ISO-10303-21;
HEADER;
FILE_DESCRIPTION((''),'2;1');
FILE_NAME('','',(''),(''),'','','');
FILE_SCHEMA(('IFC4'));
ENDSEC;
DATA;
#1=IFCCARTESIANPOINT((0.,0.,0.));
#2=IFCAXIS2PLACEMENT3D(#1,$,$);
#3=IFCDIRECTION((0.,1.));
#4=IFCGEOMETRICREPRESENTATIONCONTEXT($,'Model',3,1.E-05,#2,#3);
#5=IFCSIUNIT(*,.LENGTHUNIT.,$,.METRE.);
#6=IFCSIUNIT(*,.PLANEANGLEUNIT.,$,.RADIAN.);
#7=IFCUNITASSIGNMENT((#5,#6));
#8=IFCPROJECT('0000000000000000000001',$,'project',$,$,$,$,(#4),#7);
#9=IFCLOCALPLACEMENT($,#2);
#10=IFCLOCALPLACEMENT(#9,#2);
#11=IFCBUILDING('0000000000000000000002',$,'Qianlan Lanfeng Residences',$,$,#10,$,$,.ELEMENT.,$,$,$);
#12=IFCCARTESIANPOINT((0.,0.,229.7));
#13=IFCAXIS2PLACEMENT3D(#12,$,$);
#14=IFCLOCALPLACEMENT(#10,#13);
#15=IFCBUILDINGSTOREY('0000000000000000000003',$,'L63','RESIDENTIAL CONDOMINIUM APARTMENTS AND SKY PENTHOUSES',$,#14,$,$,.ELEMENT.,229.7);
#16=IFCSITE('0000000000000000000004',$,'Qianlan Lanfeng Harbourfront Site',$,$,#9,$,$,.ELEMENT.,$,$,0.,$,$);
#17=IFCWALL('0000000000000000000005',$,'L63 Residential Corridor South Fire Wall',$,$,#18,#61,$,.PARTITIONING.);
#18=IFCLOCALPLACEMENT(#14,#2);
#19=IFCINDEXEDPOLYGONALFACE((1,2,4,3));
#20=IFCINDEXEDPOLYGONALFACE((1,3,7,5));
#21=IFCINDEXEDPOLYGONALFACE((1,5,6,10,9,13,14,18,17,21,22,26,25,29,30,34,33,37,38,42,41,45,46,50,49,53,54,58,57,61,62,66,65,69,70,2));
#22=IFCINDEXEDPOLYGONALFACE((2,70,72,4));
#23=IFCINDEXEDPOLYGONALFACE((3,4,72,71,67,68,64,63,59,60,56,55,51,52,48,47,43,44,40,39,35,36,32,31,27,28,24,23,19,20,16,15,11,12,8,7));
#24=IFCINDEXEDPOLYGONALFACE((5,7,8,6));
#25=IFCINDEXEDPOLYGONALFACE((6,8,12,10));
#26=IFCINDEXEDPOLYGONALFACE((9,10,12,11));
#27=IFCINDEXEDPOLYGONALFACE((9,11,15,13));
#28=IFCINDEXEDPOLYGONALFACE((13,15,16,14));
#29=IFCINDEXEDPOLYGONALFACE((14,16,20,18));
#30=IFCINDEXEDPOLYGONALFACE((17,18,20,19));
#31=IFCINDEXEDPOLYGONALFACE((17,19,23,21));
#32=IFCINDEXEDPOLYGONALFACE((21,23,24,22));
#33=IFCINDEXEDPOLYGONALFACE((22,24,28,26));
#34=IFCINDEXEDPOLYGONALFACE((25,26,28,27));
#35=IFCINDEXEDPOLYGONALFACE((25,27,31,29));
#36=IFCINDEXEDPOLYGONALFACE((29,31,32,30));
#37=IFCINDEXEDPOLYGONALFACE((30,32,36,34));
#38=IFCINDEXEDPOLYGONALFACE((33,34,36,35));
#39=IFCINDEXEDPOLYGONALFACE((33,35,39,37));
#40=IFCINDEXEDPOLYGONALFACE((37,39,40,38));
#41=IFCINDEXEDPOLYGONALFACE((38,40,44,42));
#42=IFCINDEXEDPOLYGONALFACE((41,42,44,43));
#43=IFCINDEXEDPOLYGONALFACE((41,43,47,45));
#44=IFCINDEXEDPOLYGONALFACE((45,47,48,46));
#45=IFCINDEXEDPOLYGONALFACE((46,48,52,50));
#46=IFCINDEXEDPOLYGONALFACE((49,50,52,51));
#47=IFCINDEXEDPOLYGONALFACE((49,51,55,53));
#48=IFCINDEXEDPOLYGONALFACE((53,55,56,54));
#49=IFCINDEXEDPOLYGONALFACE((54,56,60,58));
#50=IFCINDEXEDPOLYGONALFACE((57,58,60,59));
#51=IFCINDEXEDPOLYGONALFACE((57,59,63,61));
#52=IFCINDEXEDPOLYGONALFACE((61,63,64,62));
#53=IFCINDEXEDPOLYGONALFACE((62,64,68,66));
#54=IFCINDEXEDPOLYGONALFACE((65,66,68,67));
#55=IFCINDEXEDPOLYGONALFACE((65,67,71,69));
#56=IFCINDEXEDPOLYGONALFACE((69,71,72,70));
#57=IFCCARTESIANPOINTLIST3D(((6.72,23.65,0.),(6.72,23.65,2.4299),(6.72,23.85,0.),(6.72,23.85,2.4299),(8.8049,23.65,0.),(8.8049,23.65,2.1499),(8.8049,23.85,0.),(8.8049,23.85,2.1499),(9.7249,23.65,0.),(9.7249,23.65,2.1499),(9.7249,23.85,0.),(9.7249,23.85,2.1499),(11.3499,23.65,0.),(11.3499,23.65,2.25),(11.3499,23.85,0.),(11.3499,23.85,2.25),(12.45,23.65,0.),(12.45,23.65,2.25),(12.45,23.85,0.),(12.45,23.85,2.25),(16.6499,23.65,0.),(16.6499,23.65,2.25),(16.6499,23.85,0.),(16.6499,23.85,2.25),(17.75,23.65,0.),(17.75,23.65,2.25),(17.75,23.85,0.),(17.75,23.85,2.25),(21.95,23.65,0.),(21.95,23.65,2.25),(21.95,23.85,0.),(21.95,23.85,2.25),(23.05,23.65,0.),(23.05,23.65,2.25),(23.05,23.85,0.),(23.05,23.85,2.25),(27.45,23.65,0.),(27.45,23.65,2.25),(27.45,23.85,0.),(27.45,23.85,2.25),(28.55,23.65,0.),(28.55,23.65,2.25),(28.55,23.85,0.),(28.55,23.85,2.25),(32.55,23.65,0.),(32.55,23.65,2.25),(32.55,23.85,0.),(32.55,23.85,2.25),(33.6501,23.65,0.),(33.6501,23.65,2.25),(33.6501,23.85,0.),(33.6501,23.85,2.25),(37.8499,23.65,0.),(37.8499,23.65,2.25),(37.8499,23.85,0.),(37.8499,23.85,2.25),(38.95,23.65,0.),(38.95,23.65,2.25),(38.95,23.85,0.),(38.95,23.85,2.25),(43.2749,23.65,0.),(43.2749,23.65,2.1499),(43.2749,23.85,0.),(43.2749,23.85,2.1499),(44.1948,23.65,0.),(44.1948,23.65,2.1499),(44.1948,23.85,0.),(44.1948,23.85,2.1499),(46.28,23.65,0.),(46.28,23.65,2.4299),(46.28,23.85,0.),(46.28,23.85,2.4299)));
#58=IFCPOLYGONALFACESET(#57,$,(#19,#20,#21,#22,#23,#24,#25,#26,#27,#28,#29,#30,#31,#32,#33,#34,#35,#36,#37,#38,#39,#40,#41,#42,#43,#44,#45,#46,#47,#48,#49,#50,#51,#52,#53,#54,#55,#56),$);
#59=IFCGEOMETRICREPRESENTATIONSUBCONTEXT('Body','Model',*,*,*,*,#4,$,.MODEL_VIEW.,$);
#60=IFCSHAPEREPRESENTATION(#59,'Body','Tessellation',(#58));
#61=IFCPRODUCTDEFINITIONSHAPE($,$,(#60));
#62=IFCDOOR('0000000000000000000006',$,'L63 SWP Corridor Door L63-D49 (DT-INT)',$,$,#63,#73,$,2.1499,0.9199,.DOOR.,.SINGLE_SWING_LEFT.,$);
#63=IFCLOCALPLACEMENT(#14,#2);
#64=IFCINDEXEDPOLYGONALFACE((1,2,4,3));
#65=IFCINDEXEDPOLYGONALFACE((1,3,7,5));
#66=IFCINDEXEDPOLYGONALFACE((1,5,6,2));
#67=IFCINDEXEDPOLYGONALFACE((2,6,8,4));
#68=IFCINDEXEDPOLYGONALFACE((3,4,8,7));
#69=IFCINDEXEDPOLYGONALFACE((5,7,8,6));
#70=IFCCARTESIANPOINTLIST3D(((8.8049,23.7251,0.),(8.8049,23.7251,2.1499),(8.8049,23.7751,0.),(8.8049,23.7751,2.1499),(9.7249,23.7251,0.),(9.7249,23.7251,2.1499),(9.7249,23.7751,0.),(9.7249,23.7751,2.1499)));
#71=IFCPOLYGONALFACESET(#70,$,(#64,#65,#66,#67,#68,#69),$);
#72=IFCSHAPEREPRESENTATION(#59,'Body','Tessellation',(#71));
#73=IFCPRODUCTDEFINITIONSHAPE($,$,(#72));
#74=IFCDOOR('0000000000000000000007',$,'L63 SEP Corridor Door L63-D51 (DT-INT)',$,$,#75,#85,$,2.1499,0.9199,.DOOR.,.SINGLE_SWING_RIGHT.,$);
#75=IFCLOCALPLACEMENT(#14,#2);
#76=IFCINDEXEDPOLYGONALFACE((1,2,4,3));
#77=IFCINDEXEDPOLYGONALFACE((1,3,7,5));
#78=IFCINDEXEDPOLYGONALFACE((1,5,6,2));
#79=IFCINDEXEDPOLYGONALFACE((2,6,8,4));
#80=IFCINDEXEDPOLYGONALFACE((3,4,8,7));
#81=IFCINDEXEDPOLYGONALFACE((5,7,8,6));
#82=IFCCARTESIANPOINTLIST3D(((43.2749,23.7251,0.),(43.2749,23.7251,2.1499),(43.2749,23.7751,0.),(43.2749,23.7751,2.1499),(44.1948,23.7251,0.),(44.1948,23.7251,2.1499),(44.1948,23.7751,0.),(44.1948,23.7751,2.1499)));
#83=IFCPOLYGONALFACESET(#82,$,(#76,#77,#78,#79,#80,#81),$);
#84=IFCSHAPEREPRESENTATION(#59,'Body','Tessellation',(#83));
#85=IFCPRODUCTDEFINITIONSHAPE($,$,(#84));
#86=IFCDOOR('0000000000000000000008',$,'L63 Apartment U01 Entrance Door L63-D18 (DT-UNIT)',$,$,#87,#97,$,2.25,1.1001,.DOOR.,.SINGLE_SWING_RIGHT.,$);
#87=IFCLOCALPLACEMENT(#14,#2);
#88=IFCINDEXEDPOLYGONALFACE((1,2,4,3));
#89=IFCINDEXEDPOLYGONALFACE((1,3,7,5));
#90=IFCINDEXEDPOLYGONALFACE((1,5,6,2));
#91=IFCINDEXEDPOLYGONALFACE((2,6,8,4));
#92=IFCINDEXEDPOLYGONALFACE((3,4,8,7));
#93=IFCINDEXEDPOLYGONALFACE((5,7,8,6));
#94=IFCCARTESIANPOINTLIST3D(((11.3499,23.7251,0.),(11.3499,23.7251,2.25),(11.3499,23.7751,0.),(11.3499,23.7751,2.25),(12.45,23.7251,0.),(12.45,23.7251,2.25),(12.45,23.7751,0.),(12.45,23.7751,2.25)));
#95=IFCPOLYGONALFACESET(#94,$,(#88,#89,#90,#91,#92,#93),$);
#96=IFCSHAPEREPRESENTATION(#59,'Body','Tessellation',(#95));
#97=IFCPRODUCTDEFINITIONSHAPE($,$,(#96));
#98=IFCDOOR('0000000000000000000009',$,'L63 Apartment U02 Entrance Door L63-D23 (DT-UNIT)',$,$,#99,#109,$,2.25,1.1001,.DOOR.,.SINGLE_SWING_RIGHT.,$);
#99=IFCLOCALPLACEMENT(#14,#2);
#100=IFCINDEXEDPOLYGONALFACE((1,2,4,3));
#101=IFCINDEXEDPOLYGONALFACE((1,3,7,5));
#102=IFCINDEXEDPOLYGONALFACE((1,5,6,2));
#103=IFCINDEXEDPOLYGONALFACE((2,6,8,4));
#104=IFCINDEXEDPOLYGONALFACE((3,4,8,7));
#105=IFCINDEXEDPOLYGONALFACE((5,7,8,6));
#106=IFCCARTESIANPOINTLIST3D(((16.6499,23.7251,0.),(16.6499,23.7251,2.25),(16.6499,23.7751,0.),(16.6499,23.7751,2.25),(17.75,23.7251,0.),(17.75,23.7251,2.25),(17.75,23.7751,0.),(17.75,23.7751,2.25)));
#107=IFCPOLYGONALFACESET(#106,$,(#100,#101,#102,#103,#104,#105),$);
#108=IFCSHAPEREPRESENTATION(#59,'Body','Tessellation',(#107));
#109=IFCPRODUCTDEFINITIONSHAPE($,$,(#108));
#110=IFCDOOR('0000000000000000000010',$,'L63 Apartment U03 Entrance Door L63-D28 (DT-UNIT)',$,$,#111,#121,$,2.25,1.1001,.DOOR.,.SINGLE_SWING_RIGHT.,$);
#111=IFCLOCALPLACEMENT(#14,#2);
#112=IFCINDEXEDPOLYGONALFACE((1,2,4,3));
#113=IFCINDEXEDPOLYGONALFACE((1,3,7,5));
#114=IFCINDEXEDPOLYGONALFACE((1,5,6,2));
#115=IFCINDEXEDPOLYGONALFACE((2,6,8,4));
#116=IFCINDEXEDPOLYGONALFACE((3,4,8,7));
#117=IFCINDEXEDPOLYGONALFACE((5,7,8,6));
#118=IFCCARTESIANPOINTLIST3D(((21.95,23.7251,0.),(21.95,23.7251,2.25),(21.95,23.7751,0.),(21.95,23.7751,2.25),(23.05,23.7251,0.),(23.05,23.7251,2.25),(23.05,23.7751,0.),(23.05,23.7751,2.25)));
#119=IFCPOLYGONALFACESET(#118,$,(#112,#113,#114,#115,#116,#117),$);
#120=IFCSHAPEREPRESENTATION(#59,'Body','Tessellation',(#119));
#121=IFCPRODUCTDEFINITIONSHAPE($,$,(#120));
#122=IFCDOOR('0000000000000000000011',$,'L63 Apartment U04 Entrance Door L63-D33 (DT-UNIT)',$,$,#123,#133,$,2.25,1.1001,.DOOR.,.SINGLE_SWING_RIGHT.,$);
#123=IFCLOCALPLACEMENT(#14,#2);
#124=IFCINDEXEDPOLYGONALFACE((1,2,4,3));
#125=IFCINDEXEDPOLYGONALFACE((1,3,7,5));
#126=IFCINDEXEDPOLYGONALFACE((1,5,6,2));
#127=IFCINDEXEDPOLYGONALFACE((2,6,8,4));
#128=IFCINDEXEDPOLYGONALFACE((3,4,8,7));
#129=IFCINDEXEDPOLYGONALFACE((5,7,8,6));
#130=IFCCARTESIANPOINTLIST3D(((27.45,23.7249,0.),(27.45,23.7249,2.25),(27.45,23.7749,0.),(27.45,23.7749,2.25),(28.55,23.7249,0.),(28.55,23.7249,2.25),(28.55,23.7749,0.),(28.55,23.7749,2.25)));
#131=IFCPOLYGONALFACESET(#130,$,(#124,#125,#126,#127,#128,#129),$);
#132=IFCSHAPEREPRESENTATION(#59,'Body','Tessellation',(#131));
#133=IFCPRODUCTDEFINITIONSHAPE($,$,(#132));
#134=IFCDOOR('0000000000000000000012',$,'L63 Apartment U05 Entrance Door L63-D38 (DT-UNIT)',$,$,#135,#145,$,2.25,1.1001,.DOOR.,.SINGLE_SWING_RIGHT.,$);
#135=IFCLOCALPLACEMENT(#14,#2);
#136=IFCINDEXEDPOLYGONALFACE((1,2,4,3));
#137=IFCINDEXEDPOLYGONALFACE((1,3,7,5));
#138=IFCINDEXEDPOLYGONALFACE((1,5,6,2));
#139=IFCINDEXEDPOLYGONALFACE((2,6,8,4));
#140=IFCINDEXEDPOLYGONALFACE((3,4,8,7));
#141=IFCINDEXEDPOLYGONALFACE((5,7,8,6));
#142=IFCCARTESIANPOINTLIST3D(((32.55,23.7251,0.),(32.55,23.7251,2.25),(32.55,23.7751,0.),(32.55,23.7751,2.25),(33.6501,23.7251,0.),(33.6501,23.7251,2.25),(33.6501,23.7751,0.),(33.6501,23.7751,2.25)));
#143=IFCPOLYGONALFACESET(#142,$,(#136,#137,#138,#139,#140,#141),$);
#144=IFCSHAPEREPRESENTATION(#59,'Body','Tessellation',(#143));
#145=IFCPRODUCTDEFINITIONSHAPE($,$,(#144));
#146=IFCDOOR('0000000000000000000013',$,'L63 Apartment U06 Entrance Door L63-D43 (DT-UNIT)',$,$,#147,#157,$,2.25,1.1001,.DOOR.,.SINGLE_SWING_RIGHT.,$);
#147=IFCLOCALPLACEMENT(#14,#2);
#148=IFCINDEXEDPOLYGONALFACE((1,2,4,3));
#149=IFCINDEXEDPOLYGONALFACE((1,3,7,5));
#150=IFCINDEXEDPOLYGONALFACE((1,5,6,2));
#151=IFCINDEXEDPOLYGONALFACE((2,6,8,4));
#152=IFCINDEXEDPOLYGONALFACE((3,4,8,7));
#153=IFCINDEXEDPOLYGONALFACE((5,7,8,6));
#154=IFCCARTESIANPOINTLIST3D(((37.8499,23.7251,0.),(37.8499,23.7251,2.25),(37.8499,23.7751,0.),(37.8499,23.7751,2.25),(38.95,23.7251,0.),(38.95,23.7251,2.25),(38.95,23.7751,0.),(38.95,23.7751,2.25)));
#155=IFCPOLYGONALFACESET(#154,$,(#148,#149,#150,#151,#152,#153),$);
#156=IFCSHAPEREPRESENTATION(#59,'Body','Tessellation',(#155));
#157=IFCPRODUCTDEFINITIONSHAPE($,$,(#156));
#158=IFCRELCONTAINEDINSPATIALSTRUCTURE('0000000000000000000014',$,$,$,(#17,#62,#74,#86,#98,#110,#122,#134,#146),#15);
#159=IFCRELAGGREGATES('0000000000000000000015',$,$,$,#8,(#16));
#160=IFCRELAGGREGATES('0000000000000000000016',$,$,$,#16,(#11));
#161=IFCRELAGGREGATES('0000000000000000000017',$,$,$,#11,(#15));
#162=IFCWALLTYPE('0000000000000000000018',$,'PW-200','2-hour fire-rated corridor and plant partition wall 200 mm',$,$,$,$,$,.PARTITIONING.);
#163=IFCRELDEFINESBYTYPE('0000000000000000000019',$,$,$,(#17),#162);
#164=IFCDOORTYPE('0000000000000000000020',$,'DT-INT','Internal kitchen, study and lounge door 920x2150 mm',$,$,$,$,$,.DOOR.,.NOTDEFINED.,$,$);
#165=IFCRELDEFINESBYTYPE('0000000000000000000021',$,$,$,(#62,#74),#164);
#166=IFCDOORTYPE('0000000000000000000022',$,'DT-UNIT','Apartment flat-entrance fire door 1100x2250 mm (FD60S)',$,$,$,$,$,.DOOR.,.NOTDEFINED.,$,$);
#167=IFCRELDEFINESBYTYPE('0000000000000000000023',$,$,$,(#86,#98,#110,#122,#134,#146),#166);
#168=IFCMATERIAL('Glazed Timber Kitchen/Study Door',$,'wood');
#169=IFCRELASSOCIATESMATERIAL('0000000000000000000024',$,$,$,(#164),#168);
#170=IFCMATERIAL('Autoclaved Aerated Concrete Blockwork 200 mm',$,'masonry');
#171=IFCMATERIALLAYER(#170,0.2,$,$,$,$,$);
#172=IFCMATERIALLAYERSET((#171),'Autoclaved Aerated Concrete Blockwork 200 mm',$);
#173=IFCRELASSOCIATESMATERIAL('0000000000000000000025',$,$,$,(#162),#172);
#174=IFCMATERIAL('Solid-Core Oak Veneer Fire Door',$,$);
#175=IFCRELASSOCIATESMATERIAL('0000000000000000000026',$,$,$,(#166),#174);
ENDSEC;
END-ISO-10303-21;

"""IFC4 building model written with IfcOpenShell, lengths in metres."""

from ifc_helpers import new_model, si_unit, direction, frame, frame_2d, origin, place, context, subcontext, project, spatial, rectangle, extrude, material, layer, layer_set, type_object, element, fill, save


model = new_model("IFC4")

# Units and contexts
model_context = context("Model", 3, precision=1e-05, world=origin(), true_north=direction((0.0, 1.0)))
body_context = subcontext(model_context, "Body", "Model", "MODEL_VIEW")
ifc_project = project(units=[si_unit("LENGTHUNIT", "METRE"), si_unit("PLANEANGLEUNIT", "RADIAN")], contexts=[model_context])

# Site, building, storey
site_placement = place(None, origin())
site = spatial("IfcSite", under=ifc_project, at=site_placement, Name="Qianlan Lanfeng Harbourfront Site", CompositionType="ELEMENT", RefElevation=0.0)
building_placement = place(site_placement, origin())
building = spatial("IfcBuilding", under=site, at=building_placement, Name="Qianlan Lanfeng Residences", CompositionType="ELEMENT")
storey_placement = place(building_placement, frame((0.0, 0.0, 229.7)))
storey = spatial("IfcBuildingStorey", under=building, at=storey_placement, Name="L63", Description="RESIDENTIAL CONDOMINIUM APARTMENTS AND SKY PENTHOUSES", CompositionType="ELEMENT", Elevation=229.7)

# Shared definitions
ifc_material_1 = material(Name="Glazed Timber Kitchen/Study Door", Category="wood")
door_type_1 = type_object("IfcDoorType", Name="DT-INT", Description="Internal kitchen, study and lounge door 920x2150 mm", OperationType="NOTDEFINED", PredefinedType="DOOR", material=ifc_material_1)

# Wall, openings, doors
ifc_material_2 = material(Name="Autoclaved Aerated Concrete Blockwork 200 mm", Category="masonry")
ifc_layer_1 = layer(ifc_material_2, 0.2)
ifc_layer_set_1 = layer_set([ifc_layer_1], Name="Autoclaved Aerated Concrete Blockwork 200 mm")
wall_type_1 = type_object("IfcWallType", Name="PW-200", Description="2-hour fire-rated corridor and plant partition wall 200 mm", PredefinedType="PARTITIONING", material=ifc_layer_set_1)
wall_1_placement = place(storey_placement, frame((6.72, 23.75, 0.0), z_axis=(0.0, 0.0, 1.0), x_axis=(1.0, 0.0, 0.0)))
wall_1 = element("IfcWall", 1, at=wall_1_placement, inside=storey, type_object=wall_type_1, Name="L63 Residential Corridor South Fire Wall", PredefinedType="PARTITIONING", context=body_context, shape_type="SweptSolid", body=[
    extrude(rectangle(XDim=39.5601, YDim=0.2, at=frame_2d((19.78, 0.0))), origin(), (0.0, 0.0, 1.0), 2.4299),
])
opening_1_placement = place(wall_1_placement, frame((4.6299, 0.0, 0.0)))
opening_1 = element("IfcOpeningElement", 2, at=opening_1_placement, cuts=wall_1, PredefinedType="OPENING", context=body_context, shape_type="SweptSolid", body=[
    extrude(rectangle(XDim=1.1001, YDim=2.25, at=frame_2d((0.55, 1.125))), frame((0.0, 0.1099, 0.0), z_axis=(0.0, -1.0, 0.0), x_axis=(1.0, 0.0, 0.0)), (0.0, 0.0, 1.0), 0.22),
])
opening_2_placement = place(wall_1_placement, frame((9.9299, 0.0, 0.0)))
opening_2 = element("IfcOpeningElement", 3, at=opening_2_placement, cuts=wall_1, PredefinedType="OPENING", context=body_context, shape_type="SweptSolid", body=[
    extrude(rectangle(XDim=1.1001, YDim=2.25, at=frame_2d((0.55, 1.125))), frame((0.0, 0.1099, 0.0), z_axis=(0.0, -1.0, 0.0), x_axis=(1.0, 0.0, 0.0)), (0.0, 0.0, 1.0), 0.22),
])
opening_3_placement = place(wall_1_placement, frame((15.23, 0.0, 0.0)))
opening_3 = element("IfcOpeningElement", 4, at=opening_3_placement, cuts=wall_1, PredefinedType="OPENING", context=body_context, shape_type="SweptSolid", body=[
    extrude(rectangle(XDim=1.1001, YDim=2.25, at=frame_2d((0.55, 1.125))), frame((0.0, 0.1099, 0.0), z_axis=(0.0, -1.0, 0.0), x_axis=(1.0, 0.0, 0.0)), (0.0, 0.0, 1.0), 0.22),
])
opening_4_placement = place(wall_1_placement, frame((20.73, 0.0, 0.0)))
opening_4 = element("IfcOpeningElement", 5, at=opening_4_placement, cuts=wall_1, PredefinedType="OPENING", context=body_context, shape_type="SweptSolid", body=[
    extrude(rectangle(XDim=1.1001, YDim=2.25, at=frame_2d((0.55, 1.125))), frame((0.0, 0.1099, 0.0), z_axis=(0.0, -1.0, 0.0), x_axis=(1.0, 0.0, 0.0)), (0.0, 0.0, 1.0), 0.22),
])
opening_5_placement = place(wall_1_placement, frame((25.8301, 0.0, 0.0)))
opening_5 = element("IfcOpeningElement", 6, at=opening_5_placement, cuts=wall_1, PredefinedType="OPENING", context=body_context, shape_type="SweptSolid", body=[
    extrude(rectangle(XDim=1.1001, YDim=2.25, at=frame_2d((0.55, 1.125))), frame((0.0, 0.1099, 0.0), z_axis=(0.0, -1.0, 0.0), x_axis=(1.0, 0.0, 0.0)), (0.0, 0.0, 1.0), 0.22),
])
opening_6_placement = place(wall_1_placement, frame((31.1299, 0.0, 0.0)))
opening_6 = element("IfcOpeningElement", 7, at=opening_6_placement, cuts=wall_1, PredefinedType="OPENING", context=body_context, shape_type="SweptSolid", body=[
    extrude(rectangle(XDim=1.1001, YDim=2.25, at=frame_2d((0.55, 1.125))), frame((0.0, 0.1099, 0.0), z_axis=(0.0, -1.0, 0.0), x_axis=(1.0, 0.0, 0.0)), (0.0, 0.0, 1.0), 0.22),
])
opening_7_placement = place(wall_1_placement, frame((2.085, 0.0, 0.0)))
opening_7 = element("IfcOpeningElement", 8, at=opening_7_placement, cuts=wall_1, PredefinedType="OPENING", context=body_context, shape_type="SweptSolid", body=[
    extrude(rectangle(XDim=0.9199, YDim=2.1499, at=frame_2d((0.46, 1.075))), frame((0.0, 0.1099, 0.0), z_axis=(0.0, -1.0, 0.0), x_axis=(1.0, 0.0, 0.0)), (0.0, 0.0, 1.0), 0.22),
])
opening_8_placement = place(wall_1_placement, frame((36.5549, 0.0, 0.0)))
opening_8 = element("IfcOpeningElement", 9, at=opening_8_placement, cuts=wall_1, PredefinedType="OPENING", context=body_context, shape_type="SweptSolid", body=[
    extrude(rectangle(XDim=0.9199, YDim=2.1499, at=frame_2d((0.46, 1.075))), frame((0.0, 0.1099, 0.0), z_axis=(0.0, -1.0, 0.0), x_axis=(1.0, 0.0, 0.0)), (0.0, 0.0, 1.0), 0.22),
])
door_1_placement = place(opening_7_placement, frame((0.9199, 0.0, 0.0), z_axis=(0.0, 0.0, 1.0), x_axis=(-1.0, 0.0, 0.0)))
door_1 = element("IfcDoor", 10, at=door_1_placement, inside=storey, type_object=door_type_1, Name="L63 SWP Corridor Door L63-D49 (DT-INT)", OperationType="SINGLE_SWING_LEFT", OverallHeight=2.1499, OverallWidth=0.9199, PredefinedType="DOOR", context=body_context, shape_type="SweptSolid", body=[
    extrude(rectangle(XDim=0.9199, YDim=2.1499, at=frame_2d((0.46, 1.075))), frame((0.0, 0.0249, 0.0), z_axis=(0.0, -1.0, 0.0), x_axis=(1.0, 0.0, 0.0)), (0.0, 0.0, 1.0), 0.05),
])
fill(opening_7, door_1)
door_2_placement = place(opening_8_placement, frame((0.9199, 0.0, 0.0), z_axis=(0.0, 0.0, 1.0), x_axis=(-1.0, 0.0, 0.0)))
door_2 = element("IfcDoor", 11, at=door_2_placement, inside=storey, type_object=door_type_1, Name="L63 SEP Corridor Door L63-D51 (DT-INT)", OperationType="SINGLE_SWING_RIGHT", OverallHeight=2.1499, OverallWidth=0.9199, PredefinedType="DOOR", context=body_context, shape_type="SweptSolid", body=[
    extrude(rectangle(XDim=0.9199, YDim=2.1499, at=frame_2d((0.46, 1.075))), frame((0.0, 0.0249, 0.0), z_axis=(0.0, -1.0, 0.0), x_axis=(1.0, 0.0, 0.0)), (0.0, 0.0, 1.0), 0.05),
])
fill(opening_8, door_2)
ifc_material_3 = material(Name="Solid-Core Oak Veneer Fire Door")
door_type_2 = type_object("IfcDoorType", Name="DT-UNIT", Description="Apartment flat-entrance fire door 1100x2250 mm (FD60S)", OperationType="NOTDEFINED", PredefinedType="DOOR", material=ifc_material_3)
door_3_placement = place(opening_1_placement, frame((1.1001, 0.0, 0.0), z_axis=(0.0, 0.0, 1.0), x_axis=(-1.0, 0.0, 0.0)))
door_3 = element("IfcDoor", 12, at=door_3_placement, inside=storey, type_object=door_type_2, Name="L63 Apartment U01 Entrance Door L63-D18 (DT-UNIT)", OperationType="SINGLE_SWING_RIGHT", OverallHeight=2.25, OverallWidth=1.1001, PredefinedType="DOOR", context=body_context, shape_type="SweptSolid", body=[
    extrude(rectangle(XDim=1.1001, YDim=2.25, at=frame_2d((0.55, 1.125))), frame((0.0, 0.0249, 0.0), z_axis=(0.0, -1.0, 0.0), x_axis=(1.0, 0.0, 0.0)), (0.0, 0.0, 1.0), 0.05),
])
fill(opening_1, door_3)
door_4_placement = place(opening_2_placement, frame((1.1001, 0.0, 0.0), z_axis=(0.0, 0.0, 1.0), x_axis=(-1.0, 0.0, 0.0)))
door_4 = element("IfcDoor", 13, at=door_4_placement, inside=storey, type_object=door_type_2, Name="L63 Apartment U02 Entrance Door L63-D23 (DT-UNIT)", OperationType="SINGLE_SWING_RIGHT", OverallHeight=2.25, OverallWidth=1.1001, PredefinedType="DOOR", context=body_context, shape_type="SweptSolid", body=[
    extrude(rectangle(XDim=1.1001, YDim=2.25, at=frame_2d((0.55, 1.125))), frame((0.0, 0.0249, 0.0), z_axis=(0.0, -1.0, 0.0), x_axis=(1.0, 0.0, 0.0)), (0.0, 0.0, 1.0), 0.05),
])
fill(opening_2, door_4)
door_5_placement = place(opening_3_placement, frame((1.1001, 0.0, 0.0), z_axis=(0.0, 0.0, 1.0), x_axis=(-1.0, 0.0, 0.0)))
door_5 = element("IfcDoor", 14, at=door_5_placement, inside=storey, type_object=door_type_2, Name="L63 Apartment U03 Entrance Door L63-D28 (DT-UNIT)", OperationType="SINGLE_SWING_RIGHT", OverallHeight=2.25, OverallWidth=1.1001, PredefinedType="DOOR", context=body_context, shape_type="SweptSolid", body=[
    extrude(rectangle(XDim=1.1001, YDim=2.25, at=frame_2d((0.55, 1.125))), frame((0.0, 0.0249, 0.0), z_axis=(0.0, -1.0, 0.0), x_axis=(1.0, 0.0, 0.0)), (0.0, 0.0, 1.0), 0.05),
])
fill(opening_3, door_5)
door_6_placement = place(opening_4_placement, origin())
door_6 = element("IfcDoor", 15, at=door_6_placement, inside=storey, type_object=door_type_2, Name="L63 Apartment U04 Entrance Door L63-D33 (DT-UNIT)", OperationType="SINGLE_SWING_RIGHT", OverallHeight=2.25, OverallWidth=1.1001, PredefinedType="DOOR", context=body_context, shape_type="SweptSolid", body=[
    extrude(rectangle(XDim=1.1001, YDim=2.25, at=frame_2d((0.55, 1.125))), frame((0.0, 0.0249, 0.0), z_axis=(0.0, -1.0, 0.0), x_axis=(1.0, 0.0, 0.0)), (0.0, 0.0, 1.0), 0.05),
])
fill(opening_4, door_6)
door_7_placement = place(opening_5_placement, frame((1.1001, 0.0, 0.0), z_axis=(0.0, 0.0, 1.0), x_axis=(-1.0, 0.0, 0.0)))
door_7 = element("IfcDoor", 16, at=door_7_placement, inside=storey, type_object=door_type_2, Name="L63 Apartment U05 Entrance Door L63-D38 (DT-UNIT)", OperationType="SINGLE_SWING_RIGHT", OverallHeight=2.25, OverallWidth=1.1001, PredefinedType="DOOR", context=body_context, shape_type="SweptSolid", body=[
    extrude(rectangle(XDim=1.1001, YDim=2.25, at=frame_2d((0.55, 1.125))), frame((0.0, 0.0249, 0.0), z_axis=(0.0, -1.0, 0.0), x_axis=(1.0, 0.0, 0.0)), (0.0, 0.0, 1.0), 0.05),
])
fill(opening_5, door_7)
door_8_placement = place(opening_6_placement, frame((1.1001, 0.0, 0.0), z_axis=(0.0, 0.0, 1.0), x_axis=(-1.0, 0.0, 0.0)))
door_8 = element("IfcDoor", 17, at=door_8_placement, inside=storey, type_object=door_type_2, Name="L63 Apartment U06 Entrance Door L63-D43 (DT-UNIT)", OperationType="SINGLE_SWING_RIGHT", OverallHeight=2.25, OverallWidth=1.1001, PredefinedType="DOOR", context=body_context, shape_type="SweptSolid", body=[
    extrude(rectangle(XDim=1.1001, YDim=2.25, at=frame_2d((0.55, 1.125))), frame((0.0, 0.0249, 0.0), z_axis=(0.0, -1.0, 0.0), x_axis=(1.0, 0.0, 0.0)), (0.0, 0.0, 1.0), 0.05),
])
fill(opening_6, door_8)

save(model, "model.ifc")
